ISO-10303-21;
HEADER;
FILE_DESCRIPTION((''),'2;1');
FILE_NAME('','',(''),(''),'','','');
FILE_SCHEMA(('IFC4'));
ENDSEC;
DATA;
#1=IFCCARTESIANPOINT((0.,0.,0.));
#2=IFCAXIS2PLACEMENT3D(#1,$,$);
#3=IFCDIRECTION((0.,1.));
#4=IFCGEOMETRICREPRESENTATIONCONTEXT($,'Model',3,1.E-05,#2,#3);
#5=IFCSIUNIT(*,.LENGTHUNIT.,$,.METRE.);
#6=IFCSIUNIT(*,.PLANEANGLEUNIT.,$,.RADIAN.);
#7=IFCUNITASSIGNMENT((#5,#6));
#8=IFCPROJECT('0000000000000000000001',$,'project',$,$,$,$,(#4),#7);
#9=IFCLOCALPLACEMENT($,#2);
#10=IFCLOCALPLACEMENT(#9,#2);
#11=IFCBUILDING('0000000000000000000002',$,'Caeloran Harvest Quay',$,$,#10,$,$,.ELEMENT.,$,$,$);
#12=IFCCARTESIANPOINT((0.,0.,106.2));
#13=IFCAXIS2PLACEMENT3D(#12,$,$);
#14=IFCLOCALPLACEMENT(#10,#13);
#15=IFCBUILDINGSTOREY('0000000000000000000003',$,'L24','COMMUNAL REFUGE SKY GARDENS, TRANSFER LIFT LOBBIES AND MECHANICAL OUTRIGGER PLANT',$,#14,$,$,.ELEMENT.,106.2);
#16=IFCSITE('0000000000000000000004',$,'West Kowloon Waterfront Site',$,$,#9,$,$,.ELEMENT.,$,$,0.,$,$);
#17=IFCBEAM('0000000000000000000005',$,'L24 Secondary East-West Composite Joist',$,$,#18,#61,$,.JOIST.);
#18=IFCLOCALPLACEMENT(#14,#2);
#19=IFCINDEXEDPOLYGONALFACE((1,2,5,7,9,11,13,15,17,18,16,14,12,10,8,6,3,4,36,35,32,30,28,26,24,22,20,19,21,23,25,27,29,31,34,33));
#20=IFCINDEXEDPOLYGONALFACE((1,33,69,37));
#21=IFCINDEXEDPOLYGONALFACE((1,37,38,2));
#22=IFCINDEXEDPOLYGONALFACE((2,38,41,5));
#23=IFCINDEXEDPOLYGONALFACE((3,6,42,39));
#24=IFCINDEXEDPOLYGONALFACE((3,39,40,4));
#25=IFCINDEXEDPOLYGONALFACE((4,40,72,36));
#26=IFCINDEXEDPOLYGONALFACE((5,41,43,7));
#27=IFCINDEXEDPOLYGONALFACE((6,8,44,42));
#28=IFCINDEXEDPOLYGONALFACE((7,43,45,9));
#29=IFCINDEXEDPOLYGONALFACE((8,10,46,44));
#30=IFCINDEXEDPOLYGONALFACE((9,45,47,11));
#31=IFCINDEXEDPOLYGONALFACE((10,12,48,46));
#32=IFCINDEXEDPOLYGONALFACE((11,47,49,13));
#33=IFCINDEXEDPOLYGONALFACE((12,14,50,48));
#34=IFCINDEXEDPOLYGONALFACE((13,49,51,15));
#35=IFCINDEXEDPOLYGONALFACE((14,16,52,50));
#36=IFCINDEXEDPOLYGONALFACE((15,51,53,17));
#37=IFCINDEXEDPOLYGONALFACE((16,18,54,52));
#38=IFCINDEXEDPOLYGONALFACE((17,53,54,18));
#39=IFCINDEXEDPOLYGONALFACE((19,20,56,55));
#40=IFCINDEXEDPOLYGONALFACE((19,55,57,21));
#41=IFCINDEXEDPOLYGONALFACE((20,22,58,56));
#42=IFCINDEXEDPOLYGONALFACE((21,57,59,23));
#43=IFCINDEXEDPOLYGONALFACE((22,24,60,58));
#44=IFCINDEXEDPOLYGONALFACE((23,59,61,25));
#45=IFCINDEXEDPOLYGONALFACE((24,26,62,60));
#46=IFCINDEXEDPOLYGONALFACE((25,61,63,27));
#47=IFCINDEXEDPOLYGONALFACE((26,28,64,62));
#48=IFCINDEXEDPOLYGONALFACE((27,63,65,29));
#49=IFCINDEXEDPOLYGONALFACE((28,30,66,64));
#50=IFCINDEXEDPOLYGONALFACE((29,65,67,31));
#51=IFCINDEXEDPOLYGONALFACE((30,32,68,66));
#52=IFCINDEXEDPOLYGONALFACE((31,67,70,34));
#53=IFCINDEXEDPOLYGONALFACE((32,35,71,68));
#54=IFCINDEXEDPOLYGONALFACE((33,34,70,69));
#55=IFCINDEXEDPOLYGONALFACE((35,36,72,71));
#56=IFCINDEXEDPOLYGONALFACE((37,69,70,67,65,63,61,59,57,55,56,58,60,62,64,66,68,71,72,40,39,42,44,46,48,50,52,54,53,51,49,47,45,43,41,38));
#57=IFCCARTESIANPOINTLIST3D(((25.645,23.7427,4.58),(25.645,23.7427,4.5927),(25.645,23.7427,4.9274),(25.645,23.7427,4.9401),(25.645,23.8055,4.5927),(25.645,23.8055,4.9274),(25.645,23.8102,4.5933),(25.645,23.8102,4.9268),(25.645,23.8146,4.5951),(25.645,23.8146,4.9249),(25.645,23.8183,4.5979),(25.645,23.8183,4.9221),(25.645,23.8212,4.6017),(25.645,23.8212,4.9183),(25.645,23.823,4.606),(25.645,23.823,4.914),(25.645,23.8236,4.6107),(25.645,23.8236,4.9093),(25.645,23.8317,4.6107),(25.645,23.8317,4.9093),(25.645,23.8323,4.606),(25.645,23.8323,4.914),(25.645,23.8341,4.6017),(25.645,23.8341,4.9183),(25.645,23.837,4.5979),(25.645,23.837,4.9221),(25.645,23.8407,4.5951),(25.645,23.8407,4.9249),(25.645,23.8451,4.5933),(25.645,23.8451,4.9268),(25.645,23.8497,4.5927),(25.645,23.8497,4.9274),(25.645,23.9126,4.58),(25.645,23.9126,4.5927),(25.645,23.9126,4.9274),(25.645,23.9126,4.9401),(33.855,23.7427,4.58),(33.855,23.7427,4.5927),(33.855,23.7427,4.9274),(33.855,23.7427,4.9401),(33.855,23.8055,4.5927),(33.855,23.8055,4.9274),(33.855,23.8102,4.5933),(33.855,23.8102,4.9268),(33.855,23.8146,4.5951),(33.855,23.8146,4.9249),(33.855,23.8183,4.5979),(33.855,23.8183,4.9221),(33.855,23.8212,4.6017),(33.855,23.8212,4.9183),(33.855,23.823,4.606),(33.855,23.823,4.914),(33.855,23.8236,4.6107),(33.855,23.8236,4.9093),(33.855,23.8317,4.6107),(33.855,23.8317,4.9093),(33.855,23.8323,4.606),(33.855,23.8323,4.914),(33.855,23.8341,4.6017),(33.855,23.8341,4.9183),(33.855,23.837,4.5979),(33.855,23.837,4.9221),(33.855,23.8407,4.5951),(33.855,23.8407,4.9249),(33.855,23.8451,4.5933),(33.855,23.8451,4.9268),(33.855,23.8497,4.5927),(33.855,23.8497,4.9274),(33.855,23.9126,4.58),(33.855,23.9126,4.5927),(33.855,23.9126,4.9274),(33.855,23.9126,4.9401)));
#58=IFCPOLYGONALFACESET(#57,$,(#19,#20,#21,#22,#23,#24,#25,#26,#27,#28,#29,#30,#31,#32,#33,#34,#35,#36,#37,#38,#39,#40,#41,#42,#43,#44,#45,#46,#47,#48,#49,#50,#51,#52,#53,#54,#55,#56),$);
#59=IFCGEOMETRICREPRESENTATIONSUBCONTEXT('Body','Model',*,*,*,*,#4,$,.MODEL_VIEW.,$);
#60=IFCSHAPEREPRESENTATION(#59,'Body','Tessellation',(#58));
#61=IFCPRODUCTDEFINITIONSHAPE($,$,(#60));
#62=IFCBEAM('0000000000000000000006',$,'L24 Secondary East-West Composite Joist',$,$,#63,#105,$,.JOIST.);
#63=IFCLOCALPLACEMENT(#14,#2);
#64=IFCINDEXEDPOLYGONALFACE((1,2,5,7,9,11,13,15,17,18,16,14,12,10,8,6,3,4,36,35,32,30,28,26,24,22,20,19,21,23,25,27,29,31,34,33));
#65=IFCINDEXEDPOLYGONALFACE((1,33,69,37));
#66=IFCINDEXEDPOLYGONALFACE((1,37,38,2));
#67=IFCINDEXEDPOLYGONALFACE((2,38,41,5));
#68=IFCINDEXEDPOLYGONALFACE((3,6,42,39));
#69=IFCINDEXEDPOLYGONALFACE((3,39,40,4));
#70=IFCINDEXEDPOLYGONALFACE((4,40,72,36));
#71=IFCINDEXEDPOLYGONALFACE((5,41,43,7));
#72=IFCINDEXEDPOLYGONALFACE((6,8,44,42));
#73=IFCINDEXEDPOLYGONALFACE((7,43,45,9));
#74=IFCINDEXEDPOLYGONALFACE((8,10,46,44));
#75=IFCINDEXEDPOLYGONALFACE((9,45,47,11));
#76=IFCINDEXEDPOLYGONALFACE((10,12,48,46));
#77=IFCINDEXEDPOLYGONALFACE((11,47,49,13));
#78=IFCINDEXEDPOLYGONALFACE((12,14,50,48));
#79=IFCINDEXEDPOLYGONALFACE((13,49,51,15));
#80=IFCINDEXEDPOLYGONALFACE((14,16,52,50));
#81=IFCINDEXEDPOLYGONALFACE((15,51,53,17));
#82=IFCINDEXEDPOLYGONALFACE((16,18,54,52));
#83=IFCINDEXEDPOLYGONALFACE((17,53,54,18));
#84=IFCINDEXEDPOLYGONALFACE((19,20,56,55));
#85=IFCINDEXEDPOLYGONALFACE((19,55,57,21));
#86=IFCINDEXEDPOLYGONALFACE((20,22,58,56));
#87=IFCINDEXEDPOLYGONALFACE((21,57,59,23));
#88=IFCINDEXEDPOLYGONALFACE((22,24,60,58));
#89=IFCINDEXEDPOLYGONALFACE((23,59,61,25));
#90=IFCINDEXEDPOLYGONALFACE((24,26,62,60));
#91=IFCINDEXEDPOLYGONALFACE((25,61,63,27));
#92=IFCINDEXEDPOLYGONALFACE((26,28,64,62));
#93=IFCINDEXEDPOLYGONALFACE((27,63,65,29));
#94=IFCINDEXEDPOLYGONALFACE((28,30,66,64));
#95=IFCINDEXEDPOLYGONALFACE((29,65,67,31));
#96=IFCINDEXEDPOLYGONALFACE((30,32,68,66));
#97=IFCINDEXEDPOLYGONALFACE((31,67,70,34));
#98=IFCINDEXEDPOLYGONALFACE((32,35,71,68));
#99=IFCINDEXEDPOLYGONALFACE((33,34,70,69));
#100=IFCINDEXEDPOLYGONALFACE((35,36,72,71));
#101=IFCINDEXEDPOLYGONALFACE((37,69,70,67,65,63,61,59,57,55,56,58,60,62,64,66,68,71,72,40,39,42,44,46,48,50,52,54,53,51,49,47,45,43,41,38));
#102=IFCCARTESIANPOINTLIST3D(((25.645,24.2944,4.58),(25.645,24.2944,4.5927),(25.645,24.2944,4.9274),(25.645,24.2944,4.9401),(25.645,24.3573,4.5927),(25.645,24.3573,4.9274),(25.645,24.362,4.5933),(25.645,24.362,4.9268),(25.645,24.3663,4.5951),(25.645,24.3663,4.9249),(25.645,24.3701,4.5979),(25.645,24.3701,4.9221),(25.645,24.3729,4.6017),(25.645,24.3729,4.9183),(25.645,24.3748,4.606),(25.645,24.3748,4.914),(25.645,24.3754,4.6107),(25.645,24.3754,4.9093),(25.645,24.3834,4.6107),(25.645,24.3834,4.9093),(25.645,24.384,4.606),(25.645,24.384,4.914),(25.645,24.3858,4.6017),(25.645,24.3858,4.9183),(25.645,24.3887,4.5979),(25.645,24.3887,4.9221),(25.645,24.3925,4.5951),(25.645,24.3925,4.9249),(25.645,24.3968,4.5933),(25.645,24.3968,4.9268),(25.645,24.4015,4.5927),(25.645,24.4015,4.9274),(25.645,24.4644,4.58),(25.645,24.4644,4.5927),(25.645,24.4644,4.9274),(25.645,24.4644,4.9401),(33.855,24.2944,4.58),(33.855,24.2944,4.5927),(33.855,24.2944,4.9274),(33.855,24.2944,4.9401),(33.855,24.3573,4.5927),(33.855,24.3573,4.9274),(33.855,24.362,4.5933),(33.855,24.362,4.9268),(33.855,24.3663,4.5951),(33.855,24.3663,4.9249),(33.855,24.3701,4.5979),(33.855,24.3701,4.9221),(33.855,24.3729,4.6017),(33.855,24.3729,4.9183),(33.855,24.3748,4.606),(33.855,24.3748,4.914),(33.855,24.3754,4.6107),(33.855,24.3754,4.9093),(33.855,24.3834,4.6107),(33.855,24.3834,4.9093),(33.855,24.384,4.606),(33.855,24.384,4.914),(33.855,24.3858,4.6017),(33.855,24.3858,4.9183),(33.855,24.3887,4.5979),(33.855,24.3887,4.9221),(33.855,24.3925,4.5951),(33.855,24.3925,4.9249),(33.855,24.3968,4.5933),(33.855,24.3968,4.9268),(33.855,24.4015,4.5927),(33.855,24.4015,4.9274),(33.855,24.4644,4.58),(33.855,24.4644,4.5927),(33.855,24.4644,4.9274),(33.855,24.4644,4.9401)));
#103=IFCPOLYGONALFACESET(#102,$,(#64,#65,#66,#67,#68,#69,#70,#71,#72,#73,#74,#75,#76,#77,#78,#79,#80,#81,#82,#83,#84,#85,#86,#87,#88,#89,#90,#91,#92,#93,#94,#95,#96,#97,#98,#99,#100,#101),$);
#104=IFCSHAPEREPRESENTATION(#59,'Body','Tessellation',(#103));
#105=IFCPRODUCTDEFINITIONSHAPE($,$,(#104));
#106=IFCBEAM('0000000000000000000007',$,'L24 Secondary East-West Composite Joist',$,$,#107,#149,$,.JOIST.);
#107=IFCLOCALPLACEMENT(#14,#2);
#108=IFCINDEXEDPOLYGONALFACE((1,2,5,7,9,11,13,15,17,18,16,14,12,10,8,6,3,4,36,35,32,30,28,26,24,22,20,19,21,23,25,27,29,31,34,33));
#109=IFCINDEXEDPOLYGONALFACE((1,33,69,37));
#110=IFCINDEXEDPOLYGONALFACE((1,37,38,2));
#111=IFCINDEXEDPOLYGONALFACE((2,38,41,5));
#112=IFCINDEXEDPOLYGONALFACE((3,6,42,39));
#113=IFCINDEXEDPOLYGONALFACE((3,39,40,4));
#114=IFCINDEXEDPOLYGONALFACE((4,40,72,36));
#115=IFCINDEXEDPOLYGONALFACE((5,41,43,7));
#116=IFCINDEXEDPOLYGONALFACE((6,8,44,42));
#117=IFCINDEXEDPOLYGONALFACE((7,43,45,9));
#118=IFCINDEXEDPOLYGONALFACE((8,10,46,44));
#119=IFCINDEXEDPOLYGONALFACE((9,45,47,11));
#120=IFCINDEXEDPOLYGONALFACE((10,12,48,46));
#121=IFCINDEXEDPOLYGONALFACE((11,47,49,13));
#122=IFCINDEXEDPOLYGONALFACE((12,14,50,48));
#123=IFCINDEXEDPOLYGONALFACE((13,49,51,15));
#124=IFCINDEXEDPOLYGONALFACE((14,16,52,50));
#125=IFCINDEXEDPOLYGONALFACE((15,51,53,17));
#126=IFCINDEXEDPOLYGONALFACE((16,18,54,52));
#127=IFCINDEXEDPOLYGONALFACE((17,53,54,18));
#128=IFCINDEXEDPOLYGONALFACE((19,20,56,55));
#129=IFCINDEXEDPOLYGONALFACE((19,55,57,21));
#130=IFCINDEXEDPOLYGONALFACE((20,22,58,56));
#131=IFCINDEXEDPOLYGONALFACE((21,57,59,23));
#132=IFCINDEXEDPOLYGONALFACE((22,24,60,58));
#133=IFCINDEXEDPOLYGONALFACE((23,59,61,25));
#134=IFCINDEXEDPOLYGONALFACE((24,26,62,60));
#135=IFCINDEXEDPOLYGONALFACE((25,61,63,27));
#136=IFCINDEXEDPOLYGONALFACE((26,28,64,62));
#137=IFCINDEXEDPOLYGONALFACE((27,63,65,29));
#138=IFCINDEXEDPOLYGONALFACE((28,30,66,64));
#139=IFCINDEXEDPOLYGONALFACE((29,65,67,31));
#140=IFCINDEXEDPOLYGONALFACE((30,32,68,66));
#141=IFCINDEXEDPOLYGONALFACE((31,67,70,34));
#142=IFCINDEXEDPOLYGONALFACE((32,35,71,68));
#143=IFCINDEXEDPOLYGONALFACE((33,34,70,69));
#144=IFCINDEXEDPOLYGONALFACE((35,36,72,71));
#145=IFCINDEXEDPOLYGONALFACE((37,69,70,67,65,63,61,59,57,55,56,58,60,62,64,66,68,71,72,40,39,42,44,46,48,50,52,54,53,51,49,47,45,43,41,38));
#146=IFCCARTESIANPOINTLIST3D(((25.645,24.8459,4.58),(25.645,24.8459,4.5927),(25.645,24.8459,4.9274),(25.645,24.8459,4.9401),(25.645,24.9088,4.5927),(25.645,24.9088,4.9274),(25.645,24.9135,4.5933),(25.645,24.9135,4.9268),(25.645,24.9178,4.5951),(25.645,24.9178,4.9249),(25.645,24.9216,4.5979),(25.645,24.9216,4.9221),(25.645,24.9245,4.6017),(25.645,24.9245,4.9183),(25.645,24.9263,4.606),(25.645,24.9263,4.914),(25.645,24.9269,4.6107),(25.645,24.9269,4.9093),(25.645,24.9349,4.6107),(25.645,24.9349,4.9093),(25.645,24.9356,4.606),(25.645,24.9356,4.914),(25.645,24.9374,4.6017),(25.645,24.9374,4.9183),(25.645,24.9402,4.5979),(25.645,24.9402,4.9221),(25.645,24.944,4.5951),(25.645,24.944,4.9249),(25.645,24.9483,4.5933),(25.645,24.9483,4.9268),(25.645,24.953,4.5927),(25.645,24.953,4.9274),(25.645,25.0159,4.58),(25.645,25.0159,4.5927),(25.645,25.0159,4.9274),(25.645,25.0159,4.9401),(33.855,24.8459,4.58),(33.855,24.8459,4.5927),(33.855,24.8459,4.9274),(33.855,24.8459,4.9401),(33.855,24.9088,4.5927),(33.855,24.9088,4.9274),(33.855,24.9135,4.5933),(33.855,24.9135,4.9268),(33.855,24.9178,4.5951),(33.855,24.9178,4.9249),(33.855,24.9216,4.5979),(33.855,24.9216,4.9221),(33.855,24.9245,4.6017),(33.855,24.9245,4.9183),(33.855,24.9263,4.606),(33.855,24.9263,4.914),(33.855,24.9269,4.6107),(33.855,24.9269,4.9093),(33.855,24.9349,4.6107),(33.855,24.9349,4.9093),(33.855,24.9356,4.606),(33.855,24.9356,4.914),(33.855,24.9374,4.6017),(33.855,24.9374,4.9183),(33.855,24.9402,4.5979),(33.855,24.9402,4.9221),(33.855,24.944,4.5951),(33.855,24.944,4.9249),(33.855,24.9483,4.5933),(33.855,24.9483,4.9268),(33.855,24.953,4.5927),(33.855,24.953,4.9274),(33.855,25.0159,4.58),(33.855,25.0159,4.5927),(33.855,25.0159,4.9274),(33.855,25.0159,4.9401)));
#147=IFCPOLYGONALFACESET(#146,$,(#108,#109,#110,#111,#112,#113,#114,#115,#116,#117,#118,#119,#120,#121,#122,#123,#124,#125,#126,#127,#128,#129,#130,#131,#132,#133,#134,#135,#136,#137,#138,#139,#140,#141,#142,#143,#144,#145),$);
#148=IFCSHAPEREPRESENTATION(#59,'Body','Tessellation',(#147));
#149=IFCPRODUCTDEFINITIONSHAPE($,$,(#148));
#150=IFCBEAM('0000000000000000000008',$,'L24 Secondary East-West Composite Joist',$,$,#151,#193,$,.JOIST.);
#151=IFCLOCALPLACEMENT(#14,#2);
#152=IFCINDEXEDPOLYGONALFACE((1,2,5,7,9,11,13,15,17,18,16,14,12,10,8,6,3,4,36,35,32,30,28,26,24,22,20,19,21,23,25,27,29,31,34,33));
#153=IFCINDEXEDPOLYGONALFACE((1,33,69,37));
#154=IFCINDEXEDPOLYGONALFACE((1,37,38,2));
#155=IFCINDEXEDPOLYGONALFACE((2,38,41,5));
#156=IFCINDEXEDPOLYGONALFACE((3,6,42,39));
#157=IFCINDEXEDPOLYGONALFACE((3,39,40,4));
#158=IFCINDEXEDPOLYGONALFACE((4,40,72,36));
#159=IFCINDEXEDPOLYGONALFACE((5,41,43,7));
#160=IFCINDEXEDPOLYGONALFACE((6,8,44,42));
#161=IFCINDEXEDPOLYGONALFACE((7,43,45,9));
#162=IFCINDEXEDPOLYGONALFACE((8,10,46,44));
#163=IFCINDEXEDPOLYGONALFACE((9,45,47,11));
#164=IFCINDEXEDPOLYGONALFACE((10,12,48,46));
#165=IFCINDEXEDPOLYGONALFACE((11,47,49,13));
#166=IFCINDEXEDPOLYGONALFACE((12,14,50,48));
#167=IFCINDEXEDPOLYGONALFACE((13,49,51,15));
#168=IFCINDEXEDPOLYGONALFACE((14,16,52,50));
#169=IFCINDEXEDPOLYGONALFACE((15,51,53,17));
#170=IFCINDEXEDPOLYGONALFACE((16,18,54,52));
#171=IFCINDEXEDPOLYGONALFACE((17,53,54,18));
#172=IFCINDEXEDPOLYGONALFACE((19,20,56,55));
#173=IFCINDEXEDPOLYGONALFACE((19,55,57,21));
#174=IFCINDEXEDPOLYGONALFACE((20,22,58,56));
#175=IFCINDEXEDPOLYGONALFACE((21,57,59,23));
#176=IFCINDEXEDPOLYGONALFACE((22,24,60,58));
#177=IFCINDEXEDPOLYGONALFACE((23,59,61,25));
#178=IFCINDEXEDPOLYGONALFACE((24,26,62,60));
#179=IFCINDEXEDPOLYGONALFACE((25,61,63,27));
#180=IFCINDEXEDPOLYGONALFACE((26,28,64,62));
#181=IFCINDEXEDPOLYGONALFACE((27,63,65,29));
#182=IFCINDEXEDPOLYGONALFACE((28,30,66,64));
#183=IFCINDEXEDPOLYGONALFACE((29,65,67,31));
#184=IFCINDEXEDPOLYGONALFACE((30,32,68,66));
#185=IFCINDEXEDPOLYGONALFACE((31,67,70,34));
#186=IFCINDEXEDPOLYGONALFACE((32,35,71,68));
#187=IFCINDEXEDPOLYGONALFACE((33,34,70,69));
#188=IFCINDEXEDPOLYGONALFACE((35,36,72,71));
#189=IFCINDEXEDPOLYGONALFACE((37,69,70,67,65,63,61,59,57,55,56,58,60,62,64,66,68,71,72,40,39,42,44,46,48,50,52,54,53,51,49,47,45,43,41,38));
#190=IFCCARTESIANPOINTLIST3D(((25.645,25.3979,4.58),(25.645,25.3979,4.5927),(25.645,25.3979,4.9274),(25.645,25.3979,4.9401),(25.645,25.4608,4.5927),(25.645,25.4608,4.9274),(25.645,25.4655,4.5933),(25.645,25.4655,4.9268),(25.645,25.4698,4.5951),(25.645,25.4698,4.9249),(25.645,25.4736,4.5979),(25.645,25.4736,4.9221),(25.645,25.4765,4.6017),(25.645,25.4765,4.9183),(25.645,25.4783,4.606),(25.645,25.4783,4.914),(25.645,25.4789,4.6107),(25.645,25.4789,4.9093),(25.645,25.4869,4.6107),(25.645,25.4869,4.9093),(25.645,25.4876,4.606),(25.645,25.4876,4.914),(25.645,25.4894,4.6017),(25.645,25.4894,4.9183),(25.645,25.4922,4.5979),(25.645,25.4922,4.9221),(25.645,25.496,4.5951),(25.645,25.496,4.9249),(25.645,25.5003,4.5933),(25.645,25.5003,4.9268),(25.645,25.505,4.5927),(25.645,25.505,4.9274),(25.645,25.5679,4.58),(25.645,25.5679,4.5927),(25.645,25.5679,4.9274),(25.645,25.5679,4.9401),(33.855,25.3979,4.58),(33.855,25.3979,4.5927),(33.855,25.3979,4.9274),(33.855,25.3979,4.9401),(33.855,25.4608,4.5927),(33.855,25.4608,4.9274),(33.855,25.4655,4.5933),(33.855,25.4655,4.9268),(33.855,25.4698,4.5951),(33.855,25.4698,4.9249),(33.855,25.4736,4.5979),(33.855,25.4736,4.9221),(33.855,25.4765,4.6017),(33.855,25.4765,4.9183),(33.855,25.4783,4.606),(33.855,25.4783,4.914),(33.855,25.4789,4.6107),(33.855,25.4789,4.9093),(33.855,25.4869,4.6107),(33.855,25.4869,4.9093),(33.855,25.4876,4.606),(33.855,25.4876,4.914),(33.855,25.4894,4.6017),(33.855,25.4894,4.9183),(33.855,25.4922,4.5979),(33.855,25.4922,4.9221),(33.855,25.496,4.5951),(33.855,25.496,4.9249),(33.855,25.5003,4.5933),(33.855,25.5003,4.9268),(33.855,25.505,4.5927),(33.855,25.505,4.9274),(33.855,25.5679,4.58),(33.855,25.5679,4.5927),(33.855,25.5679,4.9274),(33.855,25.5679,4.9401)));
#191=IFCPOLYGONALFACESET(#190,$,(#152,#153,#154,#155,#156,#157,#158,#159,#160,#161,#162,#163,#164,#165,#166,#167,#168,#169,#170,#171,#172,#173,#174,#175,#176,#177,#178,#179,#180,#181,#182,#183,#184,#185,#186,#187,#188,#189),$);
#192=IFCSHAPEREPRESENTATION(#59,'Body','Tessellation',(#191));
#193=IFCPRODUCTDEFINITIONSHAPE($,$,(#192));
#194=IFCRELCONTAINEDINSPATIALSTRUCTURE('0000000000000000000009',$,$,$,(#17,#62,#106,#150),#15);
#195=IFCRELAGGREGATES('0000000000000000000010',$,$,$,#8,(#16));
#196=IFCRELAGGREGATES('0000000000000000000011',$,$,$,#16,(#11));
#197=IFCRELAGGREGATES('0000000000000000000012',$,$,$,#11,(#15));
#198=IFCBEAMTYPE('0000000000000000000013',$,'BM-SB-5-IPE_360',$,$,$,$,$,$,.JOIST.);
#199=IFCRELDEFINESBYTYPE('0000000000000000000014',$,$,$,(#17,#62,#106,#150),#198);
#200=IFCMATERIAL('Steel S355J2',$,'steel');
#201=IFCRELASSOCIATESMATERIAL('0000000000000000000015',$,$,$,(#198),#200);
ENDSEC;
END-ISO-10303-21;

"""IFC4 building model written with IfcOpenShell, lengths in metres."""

from ifc_helpers import new_model, si_unit, direction, frame, origin, origin_2d, place, context, subcontext, project, spatial, i_section, extrude, material, material_profile, profile_set, type_object, element, save


model = new_model("IFC4")

# Units and contexts
model_context = context("Model", 3, precision=1e-05, world=origin(), true_north=direction((0.0, 1.0)))
body_context = subcontext(model_context, "Body", "Model", "MODEL_VIEW")
ifc_project = project(units=[si_unit("LENGTHUNIT", "METRE"), si_unit("PLANEANGLEUNIT", "RADIAN")], contexts=[model_context])

# Site, building, storey
site_placement = place(None, origin())
site = spatial("IfcSite", under=ifc_project, at=site_placement, Name="West Kowloon Waterfront Site", CompositionType="ELEMENT", RefElevation=0.0)
building_placement = place(site_placement, origin())
building = spatial("IfcBuilding", under=site, at=building_placement, Name="Caeloran Harvest Quay", CompositionType="ELEMENT")
storey_placement = place(building_placement, frame((0.0, 0.0, 106.2)))
storey = spatial("IfcBuildingStorey", under=building, at=storey_placement, Name="L24", Description="COMMUNAL REFUGE SKY GARDENS, TRANSFER LIFT LOBBIES AND MECHANICAL OUTRIGGER PLANT", CompositionType="ELEMENT", Elevation=106.2)

# Beams
ifc_material = material(Name="Steel S355J2", Category="steel")
ifc_material_profile_1 = material_profile(ifc_material, i_section(OverallWidth=0.1699, OverallDepth=0.3601, WebThickness=0.0081, FlangeThickness=0.0127, FilletRadius=0.0181, at=origin_2d()), Name="IPE 360")
ifc_profile_set_1 = profile_set([ifc_material_profile_1], Name="Steel S355J2")
beam_type_1 = type_object("IfcBeamType", Name="BM-SB-5-IPE_360", PredefinedType="JOIST", material=ifc_profile_set_1)
for number, where, z_axis, x_axis, name in (
    (1, (25.645, 23.8276, 4.76), (1.0, 0.0, 0.0), (0.0, 1.0, 0.0), "L24 Secondary East-West Composite Joist"),
    (2, (25.645, 24.3794, 4.76), (1.0, 0.0, 0.0), (0.0, 1.0, 0.0), "L24 Secondary East-West Composite Joist"),
    (3, (25.645, 24.9309, 4.76), (1.0, 0.0, 0.0), (0.0, 1.0, 0.0), "L24 Secondary East-West Composite Joist"),
    (4, (25.645, 25.4829, 4.76), (1.0, 0.0, 0.0), (0.0, 1.0, 0.0), "L24 Secondary East-West Composite Joist"),
):
    element("IfcBeam", number, at=place(storey_placement, frame(where, z_axis=z_axis, x_axis=x_axis)), inside=storey, type_object=beam_type_1, Name=name, PredefinedType="JOIST", context=body_context, shape_type="SweptSolid", body=[
        extrude(i_section(OverallWidth=0.1699, OverallDepth=0.3601, WebThickness=0.0081, FlangeThickness=0.0127, FilletRadius=0.0181, at=origin_2d()), origin(), (0.0, 0.0, 1.0), 8.21),
    ])

save(model, "model.ifc")
